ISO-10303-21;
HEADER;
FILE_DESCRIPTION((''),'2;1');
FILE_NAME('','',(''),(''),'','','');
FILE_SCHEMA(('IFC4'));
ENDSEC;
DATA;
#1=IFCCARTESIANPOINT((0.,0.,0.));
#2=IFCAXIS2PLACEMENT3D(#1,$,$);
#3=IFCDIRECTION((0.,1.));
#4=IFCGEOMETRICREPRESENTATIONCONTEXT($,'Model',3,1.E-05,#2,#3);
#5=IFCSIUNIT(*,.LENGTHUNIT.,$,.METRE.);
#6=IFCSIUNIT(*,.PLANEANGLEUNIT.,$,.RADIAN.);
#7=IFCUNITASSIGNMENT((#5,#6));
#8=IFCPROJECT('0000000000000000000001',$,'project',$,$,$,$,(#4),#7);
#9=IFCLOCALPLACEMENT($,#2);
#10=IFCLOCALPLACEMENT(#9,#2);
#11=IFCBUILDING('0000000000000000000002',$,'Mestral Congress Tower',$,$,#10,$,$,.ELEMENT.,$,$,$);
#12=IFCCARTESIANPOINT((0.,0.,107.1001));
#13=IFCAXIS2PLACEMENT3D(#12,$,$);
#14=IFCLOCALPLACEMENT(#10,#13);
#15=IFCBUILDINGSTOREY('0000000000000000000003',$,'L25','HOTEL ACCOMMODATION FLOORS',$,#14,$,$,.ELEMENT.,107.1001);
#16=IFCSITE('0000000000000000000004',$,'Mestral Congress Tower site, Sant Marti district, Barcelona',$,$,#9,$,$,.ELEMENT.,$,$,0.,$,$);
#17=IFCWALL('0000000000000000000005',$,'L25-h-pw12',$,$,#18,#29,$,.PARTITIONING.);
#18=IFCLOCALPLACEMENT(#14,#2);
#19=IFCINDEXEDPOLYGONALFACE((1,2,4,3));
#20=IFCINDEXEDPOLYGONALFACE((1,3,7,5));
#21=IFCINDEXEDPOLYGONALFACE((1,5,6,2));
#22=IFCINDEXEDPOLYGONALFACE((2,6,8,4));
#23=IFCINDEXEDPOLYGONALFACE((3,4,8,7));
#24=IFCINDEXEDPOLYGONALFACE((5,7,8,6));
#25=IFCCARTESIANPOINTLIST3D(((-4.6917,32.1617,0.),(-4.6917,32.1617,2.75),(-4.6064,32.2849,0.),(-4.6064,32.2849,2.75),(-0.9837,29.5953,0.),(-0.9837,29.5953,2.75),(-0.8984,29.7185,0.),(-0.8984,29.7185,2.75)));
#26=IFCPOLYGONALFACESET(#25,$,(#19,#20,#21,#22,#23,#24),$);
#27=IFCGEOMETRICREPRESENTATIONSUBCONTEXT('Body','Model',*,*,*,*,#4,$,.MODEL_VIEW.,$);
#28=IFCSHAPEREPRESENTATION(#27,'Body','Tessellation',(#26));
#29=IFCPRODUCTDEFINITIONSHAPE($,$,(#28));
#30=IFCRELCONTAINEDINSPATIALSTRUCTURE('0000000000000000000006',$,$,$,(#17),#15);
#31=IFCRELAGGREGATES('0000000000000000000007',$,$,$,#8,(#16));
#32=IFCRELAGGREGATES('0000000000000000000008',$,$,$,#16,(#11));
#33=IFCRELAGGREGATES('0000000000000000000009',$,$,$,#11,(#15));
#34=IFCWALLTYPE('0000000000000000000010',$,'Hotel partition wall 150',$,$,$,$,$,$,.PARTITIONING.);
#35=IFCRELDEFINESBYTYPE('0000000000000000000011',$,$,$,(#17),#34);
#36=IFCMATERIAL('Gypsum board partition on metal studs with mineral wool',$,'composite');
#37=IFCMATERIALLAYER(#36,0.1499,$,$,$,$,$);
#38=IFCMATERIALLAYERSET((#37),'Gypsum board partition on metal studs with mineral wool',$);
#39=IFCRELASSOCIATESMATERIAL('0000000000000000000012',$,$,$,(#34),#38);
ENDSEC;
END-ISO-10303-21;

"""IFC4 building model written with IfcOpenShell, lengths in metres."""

from ifc_helpers import new_model, si_unit, direction, frame, frame_2d, origin, place, context, subcontext, project, spatial, rectangle, extrude, material, layer, layer_set, type_object, element, save


model = new_model("IFC4")

# Units and contexts
model_context = context("Model", 3, precision=1e-05, world=origin(), true_north=direction((0.0, 1.0)))
body_context = subcontext(model_context, "Body", "Model", "MODEL_VIEW")
ifc_project = project(units=[si_unit("LENGTHUNIT", "METRE"), si_unit("PLANEANGLEUNIT", "RADIAN")], contexts=[model_context])

# Site, building, storey
site_placement = place(None, origin())
site = spatial("IfcSite", under=ifc_project, at=site_placement, Name="Mestral Congress Tower site, Sant Marti district, Barcelona", CompositionType="ELEMENT", RefElevation=0.0)
building_placement = place(site_placement, origin())
building = spatial("IfcBuilding", under=site, at=building_placement, Name="Mestral Congress Tower", CompositionType="ELEMENT")
storey_placement = place(building_placement, frame((0.0, 0.0, 107.1001)))
storey = spatial("IfcBuildingStorey", under=building, at=storey_placement, Name="L25", Description="HOTEL ACCOMMODATION FLOORS", CompositionType="ELEMENT", Elevation=107.1001)

# Shared definitions
ifc_material_1 = material(Name="Gypsum board partition on metal studs with mineral wool", Category="composite")

# Wall
ifc_layer_1 = layer(ifc_material_1, 0.1499)
ifc_layer_set_1 = layer_set([ifc_layer_1], Name="Gypsum board partition on metal studs with mineral wool")
wall_type_1 = type_object("IfcWallType", Name="Hotel partition wall 150", PredefinedType="PARTITIONING", material=ifc_layer_set_1)
wall_1_placement = place(storey_placement, frame((-4.6492, 32.2234, 0.0), z_axis=(0.0, 0.0, 1.0), x_axis=(0.822262, -0.569109, 0.0)))
element("IfcWall", 1, at=wall_1_placement, inside=storey, type_object=wall_type_1, Name="L25-h-pw12", PredefinedType="PARTITIONING", context=body_context, shape_type="SweptSolid", body=[
    extrude(rectangle(XDim=4.5095, YDim=0.1499, at=frame_2d((2.2549, 0.0))), origin(), (0.0, 0.0, 1.0), 2.75),
])

save(model, "model.ifc")
